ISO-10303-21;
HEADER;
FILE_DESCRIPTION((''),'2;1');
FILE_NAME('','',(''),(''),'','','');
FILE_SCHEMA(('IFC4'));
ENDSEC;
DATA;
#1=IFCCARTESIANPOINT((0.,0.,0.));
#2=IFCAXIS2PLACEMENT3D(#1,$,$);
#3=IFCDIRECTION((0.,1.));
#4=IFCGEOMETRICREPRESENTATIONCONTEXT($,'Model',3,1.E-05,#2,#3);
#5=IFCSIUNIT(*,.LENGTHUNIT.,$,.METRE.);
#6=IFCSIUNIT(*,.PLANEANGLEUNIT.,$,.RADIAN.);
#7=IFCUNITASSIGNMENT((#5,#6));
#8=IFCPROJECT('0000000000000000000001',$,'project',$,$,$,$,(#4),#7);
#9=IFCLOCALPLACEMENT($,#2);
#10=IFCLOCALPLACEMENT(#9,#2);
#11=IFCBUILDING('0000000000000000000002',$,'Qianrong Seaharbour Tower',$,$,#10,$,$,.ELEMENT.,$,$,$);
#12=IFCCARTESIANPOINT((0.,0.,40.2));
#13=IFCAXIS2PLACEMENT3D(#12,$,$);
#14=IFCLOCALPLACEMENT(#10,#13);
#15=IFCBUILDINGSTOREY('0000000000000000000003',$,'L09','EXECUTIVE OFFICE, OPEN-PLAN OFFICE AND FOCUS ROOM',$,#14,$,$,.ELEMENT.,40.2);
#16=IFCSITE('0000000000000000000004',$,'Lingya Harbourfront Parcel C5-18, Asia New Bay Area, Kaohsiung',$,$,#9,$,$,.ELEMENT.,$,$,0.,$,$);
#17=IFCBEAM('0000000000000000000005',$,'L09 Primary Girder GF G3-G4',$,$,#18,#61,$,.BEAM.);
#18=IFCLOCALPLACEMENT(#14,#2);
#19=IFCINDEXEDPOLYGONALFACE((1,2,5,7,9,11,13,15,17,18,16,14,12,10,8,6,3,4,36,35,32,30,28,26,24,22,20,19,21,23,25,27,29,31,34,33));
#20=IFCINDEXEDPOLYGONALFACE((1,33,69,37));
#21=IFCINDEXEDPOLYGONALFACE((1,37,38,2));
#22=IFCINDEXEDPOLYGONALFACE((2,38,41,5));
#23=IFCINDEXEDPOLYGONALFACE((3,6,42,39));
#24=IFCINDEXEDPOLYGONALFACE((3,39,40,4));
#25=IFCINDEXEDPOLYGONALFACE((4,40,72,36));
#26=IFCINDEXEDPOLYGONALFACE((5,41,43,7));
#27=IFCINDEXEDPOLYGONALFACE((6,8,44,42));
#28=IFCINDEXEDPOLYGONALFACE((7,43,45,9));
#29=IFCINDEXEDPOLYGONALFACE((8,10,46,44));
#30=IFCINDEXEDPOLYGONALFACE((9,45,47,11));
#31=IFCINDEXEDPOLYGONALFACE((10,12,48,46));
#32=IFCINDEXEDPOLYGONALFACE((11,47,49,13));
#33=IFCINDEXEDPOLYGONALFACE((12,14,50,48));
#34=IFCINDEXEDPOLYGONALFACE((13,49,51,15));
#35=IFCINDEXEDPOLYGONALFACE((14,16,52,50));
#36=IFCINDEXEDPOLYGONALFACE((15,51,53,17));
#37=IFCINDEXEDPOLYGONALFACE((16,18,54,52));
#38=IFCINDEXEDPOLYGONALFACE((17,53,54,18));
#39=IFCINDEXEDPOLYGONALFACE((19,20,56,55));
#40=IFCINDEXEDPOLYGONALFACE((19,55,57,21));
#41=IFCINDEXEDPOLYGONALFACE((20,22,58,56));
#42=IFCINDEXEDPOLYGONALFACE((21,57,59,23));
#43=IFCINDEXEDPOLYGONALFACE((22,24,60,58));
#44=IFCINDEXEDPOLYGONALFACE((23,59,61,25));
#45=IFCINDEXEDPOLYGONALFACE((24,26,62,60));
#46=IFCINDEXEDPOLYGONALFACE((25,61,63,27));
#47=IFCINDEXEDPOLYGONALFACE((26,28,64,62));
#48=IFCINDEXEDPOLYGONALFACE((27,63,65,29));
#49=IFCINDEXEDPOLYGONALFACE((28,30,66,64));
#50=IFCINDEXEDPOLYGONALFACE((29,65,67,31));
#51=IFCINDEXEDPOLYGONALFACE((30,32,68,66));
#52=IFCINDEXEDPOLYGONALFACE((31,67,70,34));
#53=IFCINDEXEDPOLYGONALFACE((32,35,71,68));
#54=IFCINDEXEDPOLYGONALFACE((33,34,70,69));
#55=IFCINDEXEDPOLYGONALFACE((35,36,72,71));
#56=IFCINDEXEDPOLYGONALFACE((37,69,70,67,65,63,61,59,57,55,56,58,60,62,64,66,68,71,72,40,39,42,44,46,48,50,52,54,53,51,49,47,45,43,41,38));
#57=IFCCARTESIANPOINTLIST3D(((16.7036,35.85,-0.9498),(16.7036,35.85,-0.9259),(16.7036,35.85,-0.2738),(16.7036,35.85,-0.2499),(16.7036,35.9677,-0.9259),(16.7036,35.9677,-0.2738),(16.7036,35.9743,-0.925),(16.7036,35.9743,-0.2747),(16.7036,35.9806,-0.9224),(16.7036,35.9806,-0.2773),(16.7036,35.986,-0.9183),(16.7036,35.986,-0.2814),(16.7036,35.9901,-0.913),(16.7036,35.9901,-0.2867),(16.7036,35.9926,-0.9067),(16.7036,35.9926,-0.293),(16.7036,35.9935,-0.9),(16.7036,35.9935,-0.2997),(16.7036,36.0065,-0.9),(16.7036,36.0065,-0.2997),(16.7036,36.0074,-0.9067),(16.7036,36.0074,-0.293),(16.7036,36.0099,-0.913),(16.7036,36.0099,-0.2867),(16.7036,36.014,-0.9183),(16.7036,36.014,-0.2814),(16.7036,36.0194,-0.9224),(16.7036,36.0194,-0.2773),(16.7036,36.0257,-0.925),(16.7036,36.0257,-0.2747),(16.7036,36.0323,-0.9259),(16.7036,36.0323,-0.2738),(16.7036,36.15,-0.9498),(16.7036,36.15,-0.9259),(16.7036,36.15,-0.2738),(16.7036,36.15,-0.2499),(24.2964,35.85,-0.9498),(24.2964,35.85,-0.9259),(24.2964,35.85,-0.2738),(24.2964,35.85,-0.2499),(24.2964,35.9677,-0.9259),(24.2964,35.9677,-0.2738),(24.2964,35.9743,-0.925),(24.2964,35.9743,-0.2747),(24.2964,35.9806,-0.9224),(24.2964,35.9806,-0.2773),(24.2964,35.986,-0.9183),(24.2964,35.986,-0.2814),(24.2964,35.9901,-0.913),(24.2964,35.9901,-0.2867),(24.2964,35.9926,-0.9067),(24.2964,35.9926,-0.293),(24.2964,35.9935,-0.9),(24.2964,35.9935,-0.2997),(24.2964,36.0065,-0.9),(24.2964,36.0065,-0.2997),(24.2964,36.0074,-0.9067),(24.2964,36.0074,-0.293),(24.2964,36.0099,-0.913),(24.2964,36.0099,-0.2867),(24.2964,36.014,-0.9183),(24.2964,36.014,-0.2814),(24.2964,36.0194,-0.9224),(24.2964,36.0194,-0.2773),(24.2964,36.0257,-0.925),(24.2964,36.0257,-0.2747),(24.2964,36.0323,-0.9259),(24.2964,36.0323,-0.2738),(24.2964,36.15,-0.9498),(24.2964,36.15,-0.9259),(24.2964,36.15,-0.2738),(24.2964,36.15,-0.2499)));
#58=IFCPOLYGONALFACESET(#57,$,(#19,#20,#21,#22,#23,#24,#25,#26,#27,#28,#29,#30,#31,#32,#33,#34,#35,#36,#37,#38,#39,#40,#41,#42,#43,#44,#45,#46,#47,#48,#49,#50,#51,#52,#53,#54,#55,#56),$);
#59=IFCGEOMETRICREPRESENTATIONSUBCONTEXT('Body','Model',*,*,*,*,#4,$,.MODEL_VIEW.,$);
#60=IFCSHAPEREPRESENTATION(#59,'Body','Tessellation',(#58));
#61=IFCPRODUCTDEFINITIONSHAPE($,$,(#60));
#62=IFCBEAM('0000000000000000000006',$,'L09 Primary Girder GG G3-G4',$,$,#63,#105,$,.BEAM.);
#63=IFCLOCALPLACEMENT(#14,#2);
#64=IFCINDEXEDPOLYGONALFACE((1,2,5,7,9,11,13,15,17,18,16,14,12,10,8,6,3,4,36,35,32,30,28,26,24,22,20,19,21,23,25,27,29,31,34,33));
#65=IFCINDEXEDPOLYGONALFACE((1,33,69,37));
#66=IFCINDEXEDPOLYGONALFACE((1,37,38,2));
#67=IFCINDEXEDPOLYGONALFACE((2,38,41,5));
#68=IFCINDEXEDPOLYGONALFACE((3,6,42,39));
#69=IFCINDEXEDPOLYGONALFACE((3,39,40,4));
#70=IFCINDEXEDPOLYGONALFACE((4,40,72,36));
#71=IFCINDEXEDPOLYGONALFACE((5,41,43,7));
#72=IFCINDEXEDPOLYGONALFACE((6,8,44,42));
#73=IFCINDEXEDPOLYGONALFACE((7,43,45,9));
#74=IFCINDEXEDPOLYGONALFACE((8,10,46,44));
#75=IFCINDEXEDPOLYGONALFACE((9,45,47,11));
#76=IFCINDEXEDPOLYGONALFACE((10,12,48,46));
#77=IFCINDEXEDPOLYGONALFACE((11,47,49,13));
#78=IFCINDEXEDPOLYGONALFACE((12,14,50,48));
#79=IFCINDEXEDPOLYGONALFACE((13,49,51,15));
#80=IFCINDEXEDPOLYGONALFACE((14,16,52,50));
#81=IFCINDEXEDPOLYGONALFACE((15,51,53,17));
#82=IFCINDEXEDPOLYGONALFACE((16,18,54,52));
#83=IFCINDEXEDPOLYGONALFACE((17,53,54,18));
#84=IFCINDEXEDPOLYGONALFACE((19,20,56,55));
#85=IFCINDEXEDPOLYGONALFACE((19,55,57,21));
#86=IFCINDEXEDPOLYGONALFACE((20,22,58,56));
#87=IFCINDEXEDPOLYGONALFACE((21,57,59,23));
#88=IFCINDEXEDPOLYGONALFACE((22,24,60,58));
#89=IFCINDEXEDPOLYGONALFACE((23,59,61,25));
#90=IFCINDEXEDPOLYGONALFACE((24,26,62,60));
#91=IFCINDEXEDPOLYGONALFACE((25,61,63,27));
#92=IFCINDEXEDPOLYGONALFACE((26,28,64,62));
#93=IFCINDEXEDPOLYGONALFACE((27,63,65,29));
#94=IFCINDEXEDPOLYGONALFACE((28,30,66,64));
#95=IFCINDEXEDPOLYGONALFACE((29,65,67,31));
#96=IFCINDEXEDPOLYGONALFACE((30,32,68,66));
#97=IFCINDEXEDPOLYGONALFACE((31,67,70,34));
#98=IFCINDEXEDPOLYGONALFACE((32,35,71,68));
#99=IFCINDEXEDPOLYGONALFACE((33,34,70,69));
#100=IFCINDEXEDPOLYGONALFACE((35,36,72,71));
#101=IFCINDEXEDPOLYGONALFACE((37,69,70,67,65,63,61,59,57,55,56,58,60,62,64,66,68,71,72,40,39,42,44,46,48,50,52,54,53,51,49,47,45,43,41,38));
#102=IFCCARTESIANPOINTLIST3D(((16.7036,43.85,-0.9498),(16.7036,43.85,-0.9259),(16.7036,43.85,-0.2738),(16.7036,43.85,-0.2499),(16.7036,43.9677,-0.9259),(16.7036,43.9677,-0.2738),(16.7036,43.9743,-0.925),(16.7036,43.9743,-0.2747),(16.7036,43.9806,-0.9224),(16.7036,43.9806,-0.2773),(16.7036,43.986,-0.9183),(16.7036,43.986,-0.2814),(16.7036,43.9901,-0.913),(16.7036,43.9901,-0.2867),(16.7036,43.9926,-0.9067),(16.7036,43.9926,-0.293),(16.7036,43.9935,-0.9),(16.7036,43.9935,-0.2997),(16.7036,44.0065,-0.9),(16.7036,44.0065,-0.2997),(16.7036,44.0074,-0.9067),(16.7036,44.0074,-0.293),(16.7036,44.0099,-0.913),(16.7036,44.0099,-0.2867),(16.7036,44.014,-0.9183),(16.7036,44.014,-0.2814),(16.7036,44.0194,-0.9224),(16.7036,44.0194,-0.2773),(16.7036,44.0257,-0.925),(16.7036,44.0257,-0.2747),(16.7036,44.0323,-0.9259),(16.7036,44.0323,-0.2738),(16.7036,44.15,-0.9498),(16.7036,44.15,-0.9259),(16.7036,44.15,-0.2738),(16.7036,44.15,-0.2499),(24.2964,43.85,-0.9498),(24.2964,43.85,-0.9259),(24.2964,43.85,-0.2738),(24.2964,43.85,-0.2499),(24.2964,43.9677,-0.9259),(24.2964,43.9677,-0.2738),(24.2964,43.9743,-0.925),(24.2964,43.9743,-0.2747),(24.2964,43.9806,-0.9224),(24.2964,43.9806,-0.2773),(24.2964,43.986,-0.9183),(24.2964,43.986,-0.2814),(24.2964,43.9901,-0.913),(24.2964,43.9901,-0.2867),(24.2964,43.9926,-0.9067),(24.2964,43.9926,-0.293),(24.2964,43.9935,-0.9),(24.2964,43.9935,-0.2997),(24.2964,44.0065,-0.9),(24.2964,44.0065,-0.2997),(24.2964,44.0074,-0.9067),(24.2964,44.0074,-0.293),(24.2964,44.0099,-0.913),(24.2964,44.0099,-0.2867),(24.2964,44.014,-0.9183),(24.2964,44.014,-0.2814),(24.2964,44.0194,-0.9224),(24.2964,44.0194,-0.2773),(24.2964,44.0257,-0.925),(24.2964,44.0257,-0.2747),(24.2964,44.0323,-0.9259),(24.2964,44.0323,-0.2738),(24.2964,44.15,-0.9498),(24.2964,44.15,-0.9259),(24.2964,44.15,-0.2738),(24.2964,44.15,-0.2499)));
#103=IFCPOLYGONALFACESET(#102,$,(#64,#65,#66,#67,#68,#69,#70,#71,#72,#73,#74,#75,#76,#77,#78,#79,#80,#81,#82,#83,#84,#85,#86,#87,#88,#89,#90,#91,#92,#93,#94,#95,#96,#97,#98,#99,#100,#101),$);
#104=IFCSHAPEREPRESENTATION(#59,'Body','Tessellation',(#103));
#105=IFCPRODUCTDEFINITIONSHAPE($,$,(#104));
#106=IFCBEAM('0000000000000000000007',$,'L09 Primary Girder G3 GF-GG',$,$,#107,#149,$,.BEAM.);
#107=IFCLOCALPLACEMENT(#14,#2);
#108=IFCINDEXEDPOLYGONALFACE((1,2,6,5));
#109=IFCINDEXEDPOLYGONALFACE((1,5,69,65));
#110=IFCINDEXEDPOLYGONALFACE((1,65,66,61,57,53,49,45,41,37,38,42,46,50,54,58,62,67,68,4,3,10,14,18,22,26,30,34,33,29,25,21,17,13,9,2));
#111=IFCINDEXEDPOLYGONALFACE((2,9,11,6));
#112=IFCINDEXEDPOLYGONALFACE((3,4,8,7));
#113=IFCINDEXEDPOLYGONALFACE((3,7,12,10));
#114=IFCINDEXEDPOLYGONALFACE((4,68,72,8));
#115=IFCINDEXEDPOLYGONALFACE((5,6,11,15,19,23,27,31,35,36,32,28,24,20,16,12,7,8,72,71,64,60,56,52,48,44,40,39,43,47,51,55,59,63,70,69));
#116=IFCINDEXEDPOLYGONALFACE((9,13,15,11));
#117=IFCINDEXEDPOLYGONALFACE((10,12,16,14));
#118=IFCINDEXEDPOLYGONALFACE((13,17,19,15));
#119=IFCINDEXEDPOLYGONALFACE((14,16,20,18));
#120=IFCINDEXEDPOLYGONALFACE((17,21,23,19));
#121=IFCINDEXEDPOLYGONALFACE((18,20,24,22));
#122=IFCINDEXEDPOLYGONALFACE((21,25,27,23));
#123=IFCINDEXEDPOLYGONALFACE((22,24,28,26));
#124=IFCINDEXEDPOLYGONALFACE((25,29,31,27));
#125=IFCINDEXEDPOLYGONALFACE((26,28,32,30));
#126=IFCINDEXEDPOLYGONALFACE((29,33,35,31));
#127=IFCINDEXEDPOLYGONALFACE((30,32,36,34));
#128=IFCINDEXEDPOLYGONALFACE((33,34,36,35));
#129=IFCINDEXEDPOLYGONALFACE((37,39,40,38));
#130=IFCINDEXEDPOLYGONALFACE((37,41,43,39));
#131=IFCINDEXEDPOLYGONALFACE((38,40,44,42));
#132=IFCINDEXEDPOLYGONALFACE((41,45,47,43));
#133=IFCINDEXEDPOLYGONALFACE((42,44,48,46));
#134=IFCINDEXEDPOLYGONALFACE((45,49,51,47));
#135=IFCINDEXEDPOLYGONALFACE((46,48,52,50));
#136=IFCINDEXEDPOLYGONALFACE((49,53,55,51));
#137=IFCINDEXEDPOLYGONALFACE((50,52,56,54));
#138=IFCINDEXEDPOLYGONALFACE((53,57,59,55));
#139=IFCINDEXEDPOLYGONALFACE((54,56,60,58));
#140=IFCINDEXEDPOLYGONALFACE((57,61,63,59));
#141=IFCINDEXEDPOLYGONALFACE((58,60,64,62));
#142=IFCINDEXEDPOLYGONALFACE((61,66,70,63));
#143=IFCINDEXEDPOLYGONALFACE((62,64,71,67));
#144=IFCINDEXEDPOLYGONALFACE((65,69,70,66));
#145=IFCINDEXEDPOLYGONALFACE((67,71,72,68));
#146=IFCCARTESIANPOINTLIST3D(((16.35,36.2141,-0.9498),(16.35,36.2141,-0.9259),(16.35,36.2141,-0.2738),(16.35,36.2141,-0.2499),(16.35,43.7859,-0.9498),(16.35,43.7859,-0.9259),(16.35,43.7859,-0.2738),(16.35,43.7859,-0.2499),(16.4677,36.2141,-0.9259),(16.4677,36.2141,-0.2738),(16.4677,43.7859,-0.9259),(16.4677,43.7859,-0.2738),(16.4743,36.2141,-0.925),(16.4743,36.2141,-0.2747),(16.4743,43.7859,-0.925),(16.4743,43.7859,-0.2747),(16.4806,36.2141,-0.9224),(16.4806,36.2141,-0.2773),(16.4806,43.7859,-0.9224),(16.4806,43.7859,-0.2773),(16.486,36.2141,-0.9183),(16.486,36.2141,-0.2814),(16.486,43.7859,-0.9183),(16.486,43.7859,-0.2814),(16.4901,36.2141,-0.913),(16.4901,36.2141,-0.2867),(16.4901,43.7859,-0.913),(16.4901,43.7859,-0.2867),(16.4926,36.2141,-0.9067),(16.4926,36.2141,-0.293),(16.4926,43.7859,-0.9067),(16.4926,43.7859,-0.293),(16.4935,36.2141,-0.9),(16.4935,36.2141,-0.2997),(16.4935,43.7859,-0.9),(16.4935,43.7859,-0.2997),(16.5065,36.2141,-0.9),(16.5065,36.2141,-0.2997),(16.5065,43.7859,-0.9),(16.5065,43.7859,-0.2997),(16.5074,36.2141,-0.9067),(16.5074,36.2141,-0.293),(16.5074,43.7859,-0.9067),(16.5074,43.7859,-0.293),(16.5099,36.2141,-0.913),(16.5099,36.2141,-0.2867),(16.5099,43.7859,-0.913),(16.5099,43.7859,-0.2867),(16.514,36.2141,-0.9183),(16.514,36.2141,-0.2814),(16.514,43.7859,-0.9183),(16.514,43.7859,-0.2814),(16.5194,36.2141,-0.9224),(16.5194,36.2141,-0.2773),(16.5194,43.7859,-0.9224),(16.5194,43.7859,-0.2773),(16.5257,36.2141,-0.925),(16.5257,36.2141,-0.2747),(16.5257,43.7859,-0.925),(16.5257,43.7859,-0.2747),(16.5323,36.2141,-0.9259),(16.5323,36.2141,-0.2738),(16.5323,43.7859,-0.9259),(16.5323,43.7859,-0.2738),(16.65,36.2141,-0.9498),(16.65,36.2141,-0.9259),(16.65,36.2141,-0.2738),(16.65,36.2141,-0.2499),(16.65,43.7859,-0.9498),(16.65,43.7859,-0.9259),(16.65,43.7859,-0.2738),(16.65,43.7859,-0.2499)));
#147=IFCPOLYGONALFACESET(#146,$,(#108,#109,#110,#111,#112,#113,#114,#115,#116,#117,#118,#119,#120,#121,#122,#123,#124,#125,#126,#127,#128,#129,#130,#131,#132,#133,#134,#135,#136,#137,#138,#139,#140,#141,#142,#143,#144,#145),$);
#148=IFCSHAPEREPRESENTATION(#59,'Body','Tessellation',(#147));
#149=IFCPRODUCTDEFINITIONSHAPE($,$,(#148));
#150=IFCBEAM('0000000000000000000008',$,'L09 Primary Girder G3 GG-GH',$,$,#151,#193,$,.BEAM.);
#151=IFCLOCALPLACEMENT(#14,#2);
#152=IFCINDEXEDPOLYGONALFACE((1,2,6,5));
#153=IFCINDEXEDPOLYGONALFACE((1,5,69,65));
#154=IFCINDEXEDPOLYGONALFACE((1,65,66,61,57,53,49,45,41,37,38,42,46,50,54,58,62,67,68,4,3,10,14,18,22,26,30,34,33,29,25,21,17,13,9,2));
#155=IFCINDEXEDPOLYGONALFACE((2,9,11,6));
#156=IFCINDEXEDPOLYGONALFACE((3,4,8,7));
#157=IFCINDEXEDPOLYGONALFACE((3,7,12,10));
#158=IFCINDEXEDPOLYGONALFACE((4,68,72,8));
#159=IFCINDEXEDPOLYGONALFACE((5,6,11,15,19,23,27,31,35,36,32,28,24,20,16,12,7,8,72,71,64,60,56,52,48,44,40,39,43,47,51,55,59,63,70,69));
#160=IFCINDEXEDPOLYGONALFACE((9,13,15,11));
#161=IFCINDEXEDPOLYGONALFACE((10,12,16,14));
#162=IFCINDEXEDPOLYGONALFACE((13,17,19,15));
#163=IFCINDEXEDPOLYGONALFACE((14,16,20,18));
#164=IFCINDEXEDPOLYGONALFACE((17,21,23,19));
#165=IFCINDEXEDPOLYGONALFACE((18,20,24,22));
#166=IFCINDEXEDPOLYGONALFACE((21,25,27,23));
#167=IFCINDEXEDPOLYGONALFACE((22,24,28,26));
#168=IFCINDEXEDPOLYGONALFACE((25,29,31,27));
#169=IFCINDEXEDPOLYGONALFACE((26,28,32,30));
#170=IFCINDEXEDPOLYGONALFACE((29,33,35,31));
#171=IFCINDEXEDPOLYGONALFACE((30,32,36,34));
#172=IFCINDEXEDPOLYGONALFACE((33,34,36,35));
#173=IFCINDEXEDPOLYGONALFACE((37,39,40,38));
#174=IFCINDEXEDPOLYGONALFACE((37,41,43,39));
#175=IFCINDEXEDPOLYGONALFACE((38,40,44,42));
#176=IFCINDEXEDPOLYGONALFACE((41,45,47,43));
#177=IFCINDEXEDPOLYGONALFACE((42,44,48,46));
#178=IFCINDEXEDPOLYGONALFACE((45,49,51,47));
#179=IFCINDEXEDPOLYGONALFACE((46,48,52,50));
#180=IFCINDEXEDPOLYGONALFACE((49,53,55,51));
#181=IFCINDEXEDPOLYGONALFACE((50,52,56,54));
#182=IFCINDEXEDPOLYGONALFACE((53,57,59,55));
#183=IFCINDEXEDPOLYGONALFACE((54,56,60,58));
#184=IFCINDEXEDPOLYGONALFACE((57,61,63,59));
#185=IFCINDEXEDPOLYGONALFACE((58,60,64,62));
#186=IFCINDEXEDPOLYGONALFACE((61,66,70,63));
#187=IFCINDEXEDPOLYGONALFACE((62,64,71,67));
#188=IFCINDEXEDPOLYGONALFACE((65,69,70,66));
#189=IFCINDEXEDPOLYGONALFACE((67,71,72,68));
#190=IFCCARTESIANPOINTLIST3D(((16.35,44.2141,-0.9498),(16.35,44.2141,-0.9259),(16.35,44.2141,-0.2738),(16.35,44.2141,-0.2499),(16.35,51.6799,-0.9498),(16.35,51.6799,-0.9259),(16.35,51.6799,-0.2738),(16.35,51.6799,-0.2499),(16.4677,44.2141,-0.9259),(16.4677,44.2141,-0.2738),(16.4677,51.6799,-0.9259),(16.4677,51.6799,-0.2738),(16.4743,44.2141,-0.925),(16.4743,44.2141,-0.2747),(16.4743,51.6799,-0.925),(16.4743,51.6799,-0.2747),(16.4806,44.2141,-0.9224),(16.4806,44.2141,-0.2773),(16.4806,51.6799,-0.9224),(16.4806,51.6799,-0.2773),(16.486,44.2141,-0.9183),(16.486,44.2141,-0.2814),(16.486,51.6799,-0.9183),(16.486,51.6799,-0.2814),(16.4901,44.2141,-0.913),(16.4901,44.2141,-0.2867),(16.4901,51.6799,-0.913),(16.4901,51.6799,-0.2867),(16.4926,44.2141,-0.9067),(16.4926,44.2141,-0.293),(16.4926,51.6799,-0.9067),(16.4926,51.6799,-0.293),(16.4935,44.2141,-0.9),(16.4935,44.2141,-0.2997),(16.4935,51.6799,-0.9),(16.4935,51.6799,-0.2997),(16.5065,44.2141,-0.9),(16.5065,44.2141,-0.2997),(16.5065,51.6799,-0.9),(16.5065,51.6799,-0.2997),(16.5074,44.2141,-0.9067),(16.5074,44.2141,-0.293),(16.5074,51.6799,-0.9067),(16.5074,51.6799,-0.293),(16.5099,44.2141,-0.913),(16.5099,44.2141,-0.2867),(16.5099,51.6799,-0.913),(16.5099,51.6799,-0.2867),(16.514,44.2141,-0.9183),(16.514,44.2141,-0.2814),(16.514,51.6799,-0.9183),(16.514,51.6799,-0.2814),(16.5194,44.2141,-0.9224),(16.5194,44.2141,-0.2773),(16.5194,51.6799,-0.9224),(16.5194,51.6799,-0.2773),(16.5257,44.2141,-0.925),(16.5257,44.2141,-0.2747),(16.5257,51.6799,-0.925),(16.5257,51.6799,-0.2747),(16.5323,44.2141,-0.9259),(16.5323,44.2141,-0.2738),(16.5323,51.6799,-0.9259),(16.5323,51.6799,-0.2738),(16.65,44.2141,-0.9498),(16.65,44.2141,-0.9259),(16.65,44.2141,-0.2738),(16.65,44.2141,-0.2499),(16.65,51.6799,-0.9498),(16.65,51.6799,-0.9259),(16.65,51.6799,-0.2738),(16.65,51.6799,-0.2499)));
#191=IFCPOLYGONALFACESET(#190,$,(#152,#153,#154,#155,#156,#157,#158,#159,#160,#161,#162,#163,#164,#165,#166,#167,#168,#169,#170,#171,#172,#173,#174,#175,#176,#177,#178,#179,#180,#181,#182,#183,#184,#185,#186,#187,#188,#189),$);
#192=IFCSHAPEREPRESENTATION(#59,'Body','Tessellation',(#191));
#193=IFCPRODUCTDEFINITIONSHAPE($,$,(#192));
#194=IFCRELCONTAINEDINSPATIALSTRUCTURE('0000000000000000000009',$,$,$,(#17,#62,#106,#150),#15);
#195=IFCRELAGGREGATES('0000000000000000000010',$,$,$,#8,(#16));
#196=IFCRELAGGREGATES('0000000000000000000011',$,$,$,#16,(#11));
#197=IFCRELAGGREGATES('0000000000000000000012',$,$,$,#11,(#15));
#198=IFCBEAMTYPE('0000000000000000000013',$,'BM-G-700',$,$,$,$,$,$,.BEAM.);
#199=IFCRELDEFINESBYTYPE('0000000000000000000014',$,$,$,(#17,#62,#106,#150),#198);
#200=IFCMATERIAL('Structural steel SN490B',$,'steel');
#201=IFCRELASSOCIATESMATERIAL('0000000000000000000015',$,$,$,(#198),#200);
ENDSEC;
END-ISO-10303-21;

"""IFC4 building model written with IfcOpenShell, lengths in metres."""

from ifc_helpers import new_model, si_unit, direction, frame, origin, origin_2d, place, context, subcontext, project, spatial, i_section, extrude, material, material_profile, profile_set, type_object, element, save


model = new_model("IFC4")

# Units and contexts
model_context = context("Model", 3, precision=1e-05, world=origin(), true_north=direction((0.0, 1.0)))
body_context = subcontext(model_context, "Body", "Model", "MODEL_VIEW")
ifc_project = project(units=[si_unit("LENGTHUNIT", "METRE"), si_unit("PLANEANGLEUNIT", "RADIAN")], contexts=[model_context])

# Site, building, storey
site_placement = place(None, origin())
site = spatial("IfcSite", under=ifc_project, at=site_placement, Name="Lingya Harbourfront Parcel C5-18, Asia New Bay Area, Kaohsiung", CompositionType="ELEMENT", RefElevation=0.0)
building_placement = place(site_placement, origin())
building = spatial("IfcBuilding", under=site, at=building_placement, Name="Qianrong Seaharbour Tower", CompositionType="ELEMENT")
storey_placement = place(building_placement, frame((0.0, 0.0, 40.2)))
storey = spatial("IfcBuildingStorey", under=building, at=storey_placement, Name="L09", Description="EXECUTIVE OFFICE, OPEN-PLAN OFFICE AND FOCUS ROOM", CompositionType="ELEMENT", Elevation=40.2)

# Shared definitions
ifc_material_1 = material(Name="Structural steel SN490B", Category="steel")

# Beams
ifc_material_profile_1 = material_profile(ifc_material_1, i_section(OverallWidth=0.3, OverallDepth=0.7, WebThickness=0.0129, FlangeThickness=0.0239, FilletRadius=0.0259, at=origin_2d()), Name="H700x300x13x24")
ifc_profile_set_1 = profile_set([ifc_material_profile_1], Name="Structural steel SN490B")
beam_type_1 = type_object("IfcBeamType", Name="BM-G-700", PredefinedType="BEAM", material=ifc_profile_set_1)
for number, where, z_axis, x_axis, name in (
    (1, (16.7036, 36.0, -0.5999), (1.0, 0.0, 0.0), (0.0, 1.0, 0.0), "L09 Primary Girder GF G3-G4"),
    (2, (16.7036, 44.0, -0.5999), (1.0, 0.0, 0.0), (0.0, 1.0, 0.0), "L09 Primary Girder GG G3-G4"),
):
    element("IfcBeam", number, at=place(storey_placement, frame(where, z_axis=z_axis, x_axis=x_axis)), inside=storey, type_object=beam_type_1, Name=name, PredefinedType="BEAM", context=body_context, shape_type="SweptSolid", body=[
        extrude(i_section(OverallWidth=0.3, OverallDepth=0.7, WebThickness=0.0129, FlangeThickness=0.0239, FilletRadius=0.0259, at=origin_2d()), origin(), (0.0, 0.0, 1.0), 7.5928),
    ])
beam_1_placement = place(storey_placement, frame((16.5, 36.2141, -0.5999), z_axis=(0.0, 1.0, 0.0), x_axis=(-1.0, 0.0, 0.0)))
element("IfcBeam", 3, at=beam_1_placement, inside=storey, type_object=beam_type_1, Name="L09 Primary Girder G3 GF-GG", PredefinedType="BEAM", context=body_context, shape_type="SweptSolid", body=[
    extrude(i_section(OverallWidth=0.3, OverallDepth=0.7, WebThickness=0.0129, FlangeThickness=0.0239, FilletRadius=0.0259, at=origin_2d()), origin(), (0.0, 0.0, 1.0), 7.5718),
])
beam_2_placement = place(storey_placement, frame((16.5, 44.2141, -0.5999), z_axis=(0.0, 1.0, 0.0), x_axis=(-1.0, 0.0, 0.0)))
element("IfcBeam", 4, at=beam_2_placement, inside=storey, type_object=beam_type_1, Name="L09 Primary Girder G3 GG-GH", PredefinedType="BEAM", context=body_context, shape_type="SweptSolid", body=[
    extrude(i_section(OverallWidth=0.3, OverallDepth=0.7, WebThickness=0.0129, FlangeThickness=0.0239, FilletRadius=0.0259, at=origin_2d()), origin(), (0.0, 0.0, 1.0), 7.4658),
])

save(model, "model.ifc")
